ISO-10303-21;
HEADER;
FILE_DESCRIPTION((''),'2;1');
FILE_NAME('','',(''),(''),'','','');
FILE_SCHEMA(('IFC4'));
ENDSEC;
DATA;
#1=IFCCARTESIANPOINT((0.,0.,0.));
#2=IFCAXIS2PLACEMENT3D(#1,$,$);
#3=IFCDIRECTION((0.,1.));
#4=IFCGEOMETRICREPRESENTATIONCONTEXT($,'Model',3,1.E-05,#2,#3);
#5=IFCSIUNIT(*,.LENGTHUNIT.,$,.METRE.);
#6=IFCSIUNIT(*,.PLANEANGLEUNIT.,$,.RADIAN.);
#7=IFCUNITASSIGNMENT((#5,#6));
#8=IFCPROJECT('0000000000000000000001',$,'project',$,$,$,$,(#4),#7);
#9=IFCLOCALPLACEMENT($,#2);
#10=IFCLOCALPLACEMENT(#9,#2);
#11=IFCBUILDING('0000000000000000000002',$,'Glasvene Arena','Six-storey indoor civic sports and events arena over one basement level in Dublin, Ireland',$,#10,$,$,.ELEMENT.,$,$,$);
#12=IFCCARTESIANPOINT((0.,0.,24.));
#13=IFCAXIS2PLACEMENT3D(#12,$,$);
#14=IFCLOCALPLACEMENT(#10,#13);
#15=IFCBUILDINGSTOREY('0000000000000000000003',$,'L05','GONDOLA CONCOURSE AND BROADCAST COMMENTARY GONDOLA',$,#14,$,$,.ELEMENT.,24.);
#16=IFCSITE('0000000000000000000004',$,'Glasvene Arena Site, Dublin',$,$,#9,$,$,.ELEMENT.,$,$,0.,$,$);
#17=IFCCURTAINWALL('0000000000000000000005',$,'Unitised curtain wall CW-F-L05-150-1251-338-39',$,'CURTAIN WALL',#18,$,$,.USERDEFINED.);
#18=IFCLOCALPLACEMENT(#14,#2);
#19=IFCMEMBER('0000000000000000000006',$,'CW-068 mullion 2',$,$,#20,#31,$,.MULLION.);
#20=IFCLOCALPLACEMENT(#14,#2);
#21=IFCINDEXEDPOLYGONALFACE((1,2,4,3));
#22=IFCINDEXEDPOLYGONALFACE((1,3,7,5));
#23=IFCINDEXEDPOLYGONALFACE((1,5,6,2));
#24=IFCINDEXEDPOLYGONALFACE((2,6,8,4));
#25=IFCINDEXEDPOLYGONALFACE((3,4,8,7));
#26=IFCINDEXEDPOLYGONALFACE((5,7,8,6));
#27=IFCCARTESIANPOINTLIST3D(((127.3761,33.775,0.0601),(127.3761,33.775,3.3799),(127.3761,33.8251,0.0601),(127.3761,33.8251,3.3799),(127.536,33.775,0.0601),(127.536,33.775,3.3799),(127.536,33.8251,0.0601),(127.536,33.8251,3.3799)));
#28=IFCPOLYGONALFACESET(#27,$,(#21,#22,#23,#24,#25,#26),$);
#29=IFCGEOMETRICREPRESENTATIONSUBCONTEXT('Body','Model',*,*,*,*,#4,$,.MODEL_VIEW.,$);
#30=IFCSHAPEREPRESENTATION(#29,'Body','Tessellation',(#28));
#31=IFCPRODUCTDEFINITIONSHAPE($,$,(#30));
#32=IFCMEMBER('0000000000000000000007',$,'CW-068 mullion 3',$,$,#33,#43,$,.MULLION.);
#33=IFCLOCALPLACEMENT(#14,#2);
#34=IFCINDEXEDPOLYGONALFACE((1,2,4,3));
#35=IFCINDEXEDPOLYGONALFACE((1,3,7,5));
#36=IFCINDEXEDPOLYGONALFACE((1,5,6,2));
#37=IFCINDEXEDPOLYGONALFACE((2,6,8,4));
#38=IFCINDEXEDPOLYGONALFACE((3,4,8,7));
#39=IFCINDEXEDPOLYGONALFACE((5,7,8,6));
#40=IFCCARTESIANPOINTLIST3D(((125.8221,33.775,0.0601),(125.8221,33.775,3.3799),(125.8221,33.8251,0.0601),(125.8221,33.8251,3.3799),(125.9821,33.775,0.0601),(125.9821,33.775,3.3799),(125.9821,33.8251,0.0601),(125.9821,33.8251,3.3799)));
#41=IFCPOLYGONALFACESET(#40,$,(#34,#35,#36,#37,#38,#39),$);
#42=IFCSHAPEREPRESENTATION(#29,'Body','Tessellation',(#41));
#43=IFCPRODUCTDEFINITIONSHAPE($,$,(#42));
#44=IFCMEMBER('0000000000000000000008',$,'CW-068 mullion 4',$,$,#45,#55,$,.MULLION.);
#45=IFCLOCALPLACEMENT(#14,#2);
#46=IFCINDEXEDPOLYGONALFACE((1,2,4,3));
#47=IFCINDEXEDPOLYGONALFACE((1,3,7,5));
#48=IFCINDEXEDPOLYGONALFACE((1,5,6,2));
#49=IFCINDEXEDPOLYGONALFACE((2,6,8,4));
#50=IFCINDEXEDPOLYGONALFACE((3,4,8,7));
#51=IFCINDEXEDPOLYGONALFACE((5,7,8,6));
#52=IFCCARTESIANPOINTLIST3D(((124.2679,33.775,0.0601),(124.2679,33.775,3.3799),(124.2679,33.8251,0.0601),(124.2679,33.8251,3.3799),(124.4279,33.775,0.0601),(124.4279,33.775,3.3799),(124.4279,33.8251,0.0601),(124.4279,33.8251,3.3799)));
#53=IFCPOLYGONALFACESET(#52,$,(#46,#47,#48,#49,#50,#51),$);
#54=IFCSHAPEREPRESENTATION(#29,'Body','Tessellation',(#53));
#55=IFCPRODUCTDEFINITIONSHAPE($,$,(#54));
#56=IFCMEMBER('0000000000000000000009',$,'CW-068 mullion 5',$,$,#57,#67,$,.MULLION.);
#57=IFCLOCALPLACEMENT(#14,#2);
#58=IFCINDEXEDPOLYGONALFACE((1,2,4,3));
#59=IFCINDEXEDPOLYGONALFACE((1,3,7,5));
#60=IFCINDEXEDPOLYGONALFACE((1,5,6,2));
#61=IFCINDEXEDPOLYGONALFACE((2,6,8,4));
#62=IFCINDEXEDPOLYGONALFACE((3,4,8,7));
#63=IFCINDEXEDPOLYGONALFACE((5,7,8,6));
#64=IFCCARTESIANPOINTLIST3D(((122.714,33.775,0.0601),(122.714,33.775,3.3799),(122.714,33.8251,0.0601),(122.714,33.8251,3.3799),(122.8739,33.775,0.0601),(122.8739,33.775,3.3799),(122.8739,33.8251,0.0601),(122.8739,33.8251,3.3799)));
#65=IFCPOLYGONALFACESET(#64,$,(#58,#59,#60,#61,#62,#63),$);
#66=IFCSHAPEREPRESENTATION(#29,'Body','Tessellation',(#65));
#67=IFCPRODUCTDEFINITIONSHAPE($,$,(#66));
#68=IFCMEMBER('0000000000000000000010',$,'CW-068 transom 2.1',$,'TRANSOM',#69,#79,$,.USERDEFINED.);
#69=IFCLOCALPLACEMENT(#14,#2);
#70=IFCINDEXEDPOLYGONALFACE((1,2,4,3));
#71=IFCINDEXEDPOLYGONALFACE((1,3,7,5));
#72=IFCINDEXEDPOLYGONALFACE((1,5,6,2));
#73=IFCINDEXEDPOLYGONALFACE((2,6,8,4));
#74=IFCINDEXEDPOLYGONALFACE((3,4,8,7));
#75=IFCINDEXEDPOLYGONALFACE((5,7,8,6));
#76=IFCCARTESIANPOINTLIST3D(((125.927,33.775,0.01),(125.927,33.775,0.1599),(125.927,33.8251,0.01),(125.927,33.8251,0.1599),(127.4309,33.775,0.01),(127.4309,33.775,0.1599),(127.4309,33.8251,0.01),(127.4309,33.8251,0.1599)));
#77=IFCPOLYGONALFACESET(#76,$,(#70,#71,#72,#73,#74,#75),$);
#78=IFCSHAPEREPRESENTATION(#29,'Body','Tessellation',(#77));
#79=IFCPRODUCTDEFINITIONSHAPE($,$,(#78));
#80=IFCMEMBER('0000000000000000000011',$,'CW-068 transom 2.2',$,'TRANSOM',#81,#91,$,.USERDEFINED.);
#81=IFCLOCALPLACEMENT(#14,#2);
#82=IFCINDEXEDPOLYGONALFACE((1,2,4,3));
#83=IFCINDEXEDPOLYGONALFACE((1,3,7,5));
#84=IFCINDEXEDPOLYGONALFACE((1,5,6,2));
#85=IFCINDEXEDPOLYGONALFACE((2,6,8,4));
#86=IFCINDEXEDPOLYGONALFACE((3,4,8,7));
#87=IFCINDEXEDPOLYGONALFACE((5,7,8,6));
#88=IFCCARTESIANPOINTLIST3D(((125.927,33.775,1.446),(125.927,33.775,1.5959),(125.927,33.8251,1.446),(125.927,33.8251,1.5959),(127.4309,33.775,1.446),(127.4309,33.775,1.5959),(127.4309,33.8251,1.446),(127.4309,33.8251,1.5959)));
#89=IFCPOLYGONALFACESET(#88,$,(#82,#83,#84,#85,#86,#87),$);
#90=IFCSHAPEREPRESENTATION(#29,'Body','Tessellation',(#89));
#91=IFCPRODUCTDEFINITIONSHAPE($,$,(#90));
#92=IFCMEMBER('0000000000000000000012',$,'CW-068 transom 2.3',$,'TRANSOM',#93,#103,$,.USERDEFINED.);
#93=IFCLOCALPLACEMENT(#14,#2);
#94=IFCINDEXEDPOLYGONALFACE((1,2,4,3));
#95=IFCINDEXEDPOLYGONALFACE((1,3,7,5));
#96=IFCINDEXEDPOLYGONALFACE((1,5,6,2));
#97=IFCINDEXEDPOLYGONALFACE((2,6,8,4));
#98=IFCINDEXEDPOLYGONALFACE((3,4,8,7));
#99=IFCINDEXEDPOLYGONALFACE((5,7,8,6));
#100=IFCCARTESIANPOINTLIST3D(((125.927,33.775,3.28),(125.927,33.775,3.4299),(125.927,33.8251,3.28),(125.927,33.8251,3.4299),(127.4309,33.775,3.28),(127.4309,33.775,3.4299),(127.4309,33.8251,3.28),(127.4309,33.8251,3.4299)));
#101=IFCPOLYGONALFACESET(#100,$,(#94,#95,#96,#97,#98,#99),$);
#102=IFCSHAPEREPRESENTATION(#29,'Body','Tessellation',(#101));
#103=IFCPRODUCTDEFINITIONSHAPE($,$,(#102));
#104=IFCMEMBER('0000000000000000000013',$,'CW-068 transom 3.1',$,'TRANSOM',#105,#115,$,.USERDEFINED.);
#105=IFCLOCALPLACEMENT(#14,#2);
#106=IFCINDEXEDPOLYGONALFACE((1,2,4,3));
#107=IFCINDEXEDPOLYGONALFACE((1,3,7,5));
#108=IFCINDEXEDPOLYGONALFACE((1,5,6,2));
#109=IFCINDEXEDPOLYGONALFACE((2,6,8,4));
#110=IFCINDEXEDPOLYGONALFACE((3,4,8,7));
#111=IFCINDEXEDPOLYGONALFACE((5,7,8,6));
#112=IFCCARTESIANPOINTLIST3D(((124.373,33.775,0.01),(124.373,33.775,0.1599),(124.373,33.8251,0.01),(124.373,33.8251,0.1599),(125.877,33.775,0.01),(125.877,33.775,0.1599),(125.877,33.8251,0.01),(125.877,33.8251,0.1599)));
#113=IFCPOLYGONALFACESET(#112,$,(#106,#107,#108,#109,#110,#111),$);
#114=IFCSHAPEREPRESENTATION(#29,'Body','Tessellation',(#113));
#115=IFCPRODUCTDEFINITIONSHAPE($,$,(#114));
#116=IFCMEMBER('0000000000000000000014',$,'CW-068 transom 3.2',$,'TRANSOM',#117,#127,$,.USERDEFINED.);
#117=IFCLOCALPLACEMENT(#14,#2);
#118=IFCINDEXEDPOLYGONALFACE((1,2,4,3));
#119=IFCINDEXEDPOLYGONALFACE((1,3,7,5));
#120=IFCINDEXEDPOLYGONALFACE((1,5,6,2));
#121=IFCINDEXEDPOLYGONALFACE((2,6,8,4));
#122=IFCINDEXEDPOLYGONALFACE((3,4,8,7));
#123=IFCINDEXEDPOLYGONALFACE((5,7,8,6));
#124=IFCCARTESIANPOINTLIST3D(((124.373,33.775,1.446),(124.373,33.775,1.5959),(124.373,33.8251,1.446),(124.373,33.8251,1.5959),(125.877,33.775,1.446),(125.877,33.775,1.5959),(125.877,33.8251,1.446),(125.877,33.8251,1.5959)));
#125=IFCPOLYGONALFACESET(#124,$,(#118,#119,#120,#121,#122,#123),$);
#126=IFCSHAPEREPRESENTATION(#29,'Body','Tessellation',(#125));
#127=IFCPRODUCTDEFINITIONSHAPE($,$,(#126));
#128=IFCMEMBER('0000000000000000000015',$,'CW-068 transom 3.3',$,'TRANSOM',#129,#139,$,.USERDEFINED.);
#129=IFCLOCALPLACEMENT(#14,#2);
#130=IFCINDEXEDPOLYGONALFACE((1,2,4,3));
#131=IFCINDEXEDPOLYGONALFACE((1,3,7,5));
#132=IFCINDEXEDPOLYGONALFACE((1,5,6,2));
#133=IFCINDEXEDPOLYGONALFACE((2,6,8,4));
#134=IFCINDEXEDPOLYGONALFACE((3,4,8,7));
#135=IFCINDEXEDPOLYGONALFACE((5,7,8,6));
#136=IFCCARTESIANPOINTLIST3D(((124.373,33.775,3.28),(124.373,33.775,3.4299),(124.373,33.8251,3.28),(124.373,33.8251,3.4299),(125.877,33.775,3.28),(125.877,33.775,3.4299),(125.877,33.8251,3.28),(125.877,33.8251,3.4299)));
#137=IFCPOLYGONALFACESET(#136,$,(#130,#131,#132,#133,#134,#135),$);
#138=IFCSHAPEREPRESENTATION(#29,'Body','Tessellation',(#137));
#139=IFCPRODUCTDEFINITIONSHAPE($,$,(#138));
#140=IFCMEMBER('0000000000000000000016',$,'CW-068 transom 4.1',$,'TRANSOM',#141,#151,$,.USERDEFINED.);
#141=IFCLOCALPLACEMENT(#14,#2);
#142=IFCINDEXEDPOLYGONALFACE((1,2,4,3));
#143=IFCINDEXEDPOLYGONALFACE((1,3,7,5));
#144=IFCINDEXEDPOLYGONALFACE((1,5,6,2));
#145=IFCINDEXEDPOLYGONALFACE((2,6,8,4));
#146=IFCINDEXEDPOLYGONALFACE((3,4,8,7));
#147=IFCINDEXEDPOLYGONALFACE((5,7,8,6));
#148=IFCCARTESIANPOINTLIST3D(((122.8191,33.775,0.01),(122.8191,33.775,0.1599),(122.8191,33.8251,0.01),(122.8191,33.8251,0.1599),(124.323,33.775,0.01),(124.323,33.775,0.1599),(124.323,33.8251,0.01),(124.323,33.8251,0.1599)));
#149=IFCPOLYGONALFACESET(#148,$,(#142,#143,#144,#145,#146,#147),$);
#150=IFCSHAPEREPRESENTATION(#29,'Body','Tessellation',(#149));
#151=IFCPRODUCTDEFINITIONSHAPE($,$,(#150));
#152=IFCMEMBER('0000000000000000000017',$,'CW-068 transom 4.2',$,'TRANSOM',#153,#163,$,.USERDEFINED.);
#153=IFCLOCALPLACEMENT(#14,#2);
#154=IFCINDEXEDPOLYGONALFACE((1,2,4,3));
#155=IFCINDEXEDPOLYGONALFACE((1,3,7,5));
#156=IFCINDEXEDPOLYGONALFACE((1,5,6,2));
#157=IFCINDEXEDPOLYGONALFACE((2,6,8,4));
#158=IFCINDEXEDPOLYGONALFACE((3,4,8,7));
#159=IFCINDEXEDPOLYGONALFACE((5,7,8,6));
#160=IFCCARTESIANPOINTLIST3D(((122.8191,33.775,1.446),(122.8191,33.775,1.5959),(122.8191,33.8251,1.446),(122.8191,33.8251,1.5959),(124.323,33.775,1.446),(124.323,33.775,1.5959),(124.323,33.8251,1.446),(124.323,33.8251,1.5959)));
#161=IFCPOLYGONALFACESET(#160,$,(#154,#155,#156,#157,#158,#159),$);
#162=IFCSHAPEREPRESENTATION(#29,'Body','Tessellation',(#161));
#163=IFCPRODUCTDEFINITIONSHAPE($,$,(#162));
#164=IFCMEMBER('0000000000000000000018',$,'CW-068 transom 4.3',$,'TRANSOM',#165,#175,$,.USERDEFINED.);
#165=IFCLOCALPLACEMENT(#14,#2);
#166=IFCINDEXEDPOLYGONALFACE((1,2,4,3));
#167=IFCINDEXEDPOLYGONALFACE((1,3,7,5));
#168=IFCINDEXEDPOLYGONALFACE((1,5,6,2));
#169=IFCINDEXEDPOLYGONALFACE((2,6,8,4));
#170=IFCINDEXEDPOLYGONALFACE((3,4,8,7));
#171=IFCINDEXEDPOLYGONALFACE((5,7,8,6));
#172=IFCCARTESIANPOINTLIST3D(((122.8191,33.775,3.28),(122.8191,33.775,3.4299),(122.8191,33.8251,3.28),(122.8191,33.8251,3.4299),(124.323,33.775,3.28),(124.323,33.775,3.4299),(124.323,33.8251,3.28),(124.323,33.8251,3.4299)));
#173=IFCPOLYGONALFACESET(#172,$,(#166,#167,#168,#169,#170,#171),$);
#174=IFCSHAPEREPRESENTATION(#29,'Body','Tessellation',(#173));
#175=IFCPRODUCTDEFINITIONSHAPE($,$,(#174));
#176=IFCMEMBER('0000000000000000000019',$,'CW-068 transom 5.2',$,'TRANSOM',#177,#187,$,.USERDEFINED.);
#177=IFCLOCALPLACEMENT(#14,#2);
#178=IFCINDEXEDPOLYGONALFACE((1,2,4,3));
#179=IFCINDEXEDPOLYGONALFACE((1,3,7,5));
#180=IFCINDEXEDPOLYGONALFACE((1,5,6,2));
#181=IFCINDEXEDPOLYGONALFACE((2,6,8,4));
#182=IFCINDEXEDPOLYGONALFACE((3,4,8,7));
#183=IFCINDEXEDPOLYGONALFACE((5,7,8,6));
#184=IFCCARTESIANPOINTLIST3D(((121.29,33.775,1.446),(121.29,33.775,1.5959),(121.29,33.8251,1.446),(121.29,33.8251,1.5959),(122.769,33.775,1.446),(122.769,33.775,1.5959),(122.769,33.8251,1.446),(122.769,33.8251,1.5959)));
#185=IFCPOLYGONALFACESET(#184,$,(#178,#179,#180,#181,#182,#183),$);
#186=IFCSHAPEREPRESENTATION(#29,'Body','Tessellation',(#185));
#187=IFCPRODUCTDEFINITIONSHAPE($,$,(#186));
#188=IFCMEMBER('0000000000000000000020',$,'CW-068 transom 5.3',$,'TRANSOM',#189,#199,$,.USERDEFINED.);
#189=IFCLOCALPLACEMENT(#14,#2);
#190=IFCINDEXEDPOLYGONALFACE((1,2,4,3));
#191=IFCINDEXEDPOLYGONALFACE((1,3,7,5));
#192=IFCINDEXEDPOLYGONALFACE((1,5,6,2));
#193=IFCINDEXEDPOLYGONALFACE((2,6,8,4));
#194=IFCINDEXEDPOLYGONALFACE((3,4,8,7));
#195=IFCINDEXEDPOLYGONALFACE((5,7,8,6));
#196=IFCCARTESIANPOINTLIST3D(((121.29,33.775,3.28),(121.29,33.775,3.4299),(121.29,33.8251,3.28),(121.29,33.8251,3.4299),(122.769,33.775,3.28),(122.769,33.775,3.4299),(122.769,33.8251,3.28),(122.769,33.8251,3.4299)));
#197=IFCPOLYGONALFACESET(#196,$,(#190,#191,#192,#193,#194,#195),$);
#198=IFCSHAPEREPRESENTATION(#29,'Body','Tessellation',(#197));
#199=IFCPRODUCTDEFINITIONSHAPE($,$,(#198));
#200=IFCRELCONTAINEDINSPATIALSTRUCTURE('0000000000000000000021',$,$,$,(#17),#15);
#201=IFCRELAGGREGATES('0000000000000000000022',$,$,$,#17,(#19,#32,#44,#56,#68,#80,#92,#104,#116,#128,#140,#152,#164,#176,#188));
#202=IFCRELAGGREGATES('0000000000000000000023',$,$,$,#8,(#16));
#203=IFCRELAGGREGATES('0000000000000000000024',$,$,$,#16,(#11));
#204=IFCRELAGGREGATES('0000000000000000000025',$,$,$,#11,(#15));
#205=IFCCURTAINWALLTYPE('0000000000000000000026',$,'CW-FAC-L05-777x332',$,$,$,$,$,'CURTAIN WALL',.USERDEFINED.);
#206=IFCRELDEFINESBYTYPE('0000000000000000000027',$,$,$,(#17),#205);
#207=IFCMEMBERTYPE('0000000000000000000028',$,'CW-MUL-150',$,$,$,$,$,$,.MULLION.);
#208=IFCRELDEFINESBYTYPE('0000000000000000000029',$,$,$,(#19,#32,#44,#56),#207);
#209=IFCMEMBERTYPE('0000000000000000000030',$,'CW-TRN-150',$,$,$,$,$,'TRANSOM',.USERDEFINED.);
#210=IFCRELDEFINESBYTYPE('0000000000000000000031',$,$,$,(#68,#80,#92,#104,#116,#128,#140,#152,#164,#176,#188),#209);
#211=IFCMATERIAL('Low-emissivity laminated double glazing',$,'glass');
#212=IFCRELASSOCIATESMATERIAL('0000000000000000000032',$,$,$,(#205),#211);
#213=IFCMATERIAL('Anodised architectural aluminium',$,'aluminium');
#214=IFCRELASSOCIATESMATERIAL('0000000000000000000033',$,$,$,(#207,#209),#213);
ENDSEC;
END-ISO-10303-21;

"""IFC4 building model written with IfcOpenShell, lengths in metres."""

from ifc_helpers import new_model, si_unit, direction, frame, origin, origin_2d, place, context, subcontext, project, spatial, rectangle, extrude, material, material_profile, profile_set, type_object, element, aggregate, save


model = new_model("IFC4")

# Units and contexts
model_context = context("Model", 3, precision=1e-05, world=origin(), true_north=direction((0.0, 1.0)))
body_context = subcontext(model_context, "Body", "Model", "MODEL_VIEW")
ifc_project = project(units=[si_unit("LENGTHUNIT", "METRE"), si_unit("PLANEANGLEUNIT", "RADIAN")], contexts=[model_context])

# Site, building, storey
site_placement = place(None, origin())
site = spatial("IfcSite", under=ifc_project, at=site_placement, Name="Glasvene Arena Site, Dublin", CompositionType="ELEMENT", RefElevation=0.0)
building_placement = place(site_placement, origin())
building = spatial("IfcBuilding", under=site, at=building_placement, Name="Glasvene Arena", Description="Six-storey indoor civic sports and events arena over one basement level in Dublin, Ireland", CompositionType="ELEMENT")
storey_placement = place(building_placement, frame((0.0, 0.0, 24.0)))
storey = spatial("IfcBuildingStorey", under=building, at=storey_placement, Name="L05", Description="GONDOLA CONCOURSE AND BROADCAST COMMENTARY GONDOLA", CompositionType="ELEMENT", Elevation=24.0)

# Curtain wall, members
ifc_material_1 = material(Name="Low-emissivity laminated double glazing", Category="glass")
curtain_wall_type = type_object("IfcCurtainWallType", Name="CW-FAC-L05-777x332", ElementType="CURTAIN WALL", PredefinedType="USERDEFINED", material=ifc_material_1)
curtain_wall_placement = place(storey_placement, frame((129.01, 33.8, 0.0)))
curtain_wall = element("IfcCurtainWall", 1, at=curtain_wall_placement, inside=storey, type_object=curtain_wall_type, Name="Unitised curtain wall CW-F-L05-150-1251-338-39", ObjectType="CURTAIN WALL", PredefinedType="USERDEFINED")
ifc_material_2 = material(Name="Anodised architectural aluminium", Category="aluminium")
ifc_material_profile_1 = material_profile(ifc_material_2, rectangle(XDim=0.05, YDim=0.1599, at=origin_2d()), Name="ALU MULLION 50x160")
ifc_profile_set_1 = profile_set([ifc_material_profile_1], Name="Anodised architectural aluminium")
member_type_1 = type_object("IfcMemberType", Name="CW-MUL-150", PredefinedType="MULLION", material=ifc_profile_set_1)
member_1_placement = place(storey_placement, frame((127.4561, 33.8, 0.0601), z_axis=(0.0, 0.0, 1.0), x_axis=(0.0, -1.0, 0.0)))
member_1 = element("IfcMember", 2, at=member_1_placement, type_object=member_type_1, Name="CW-068 mullion 2", PredefinedType="MULLION", context=body_context, shape_type="SweptSolid", body=[
    extrude(rectangle(XDim=0.05, YDim=0.1599, at=origin_2d()), origin(), (0.0, 0.0, 1.0), 3.3198),
])
member_2_placement = place(storey_placement, frame((125.9021, 33.8, 0.0601), z_axis=(0.0, 0.0, 1.0), x_axis=(0.0, -1.0, 0.0)))
member_2 = element("IfcMember", 3, at=member_2_placement, type_object=member_type_1, Name="CW-068 mullion 3", PredefinedType="MULLION", context=body_context, shape_type="SweptSolid", body=[
    extrude(rectangle(XDim=0.05, YDim=0.1599, at=origin_2d()), origin(), (0.0, 0.0, 1.0), 3.3198),
])
member_3_placement = place(storey_placement, frame((124.3479, 33.8, 0.0601), z_axis=(0.0, 0.0, 1.0), x_axis=(0.0, -1.0, 0.0)))
member_3 = element("IfcMember", 4, at=member_3_placement, type_object=member_type_1, Name="CW-068 mullion 4", PredefinedType="MULLION", context=body_context, shape_type="SweptSolid", body=[
    extrude(rectangle(XDim=0.05, YDim=0.1599, at=origin_2d()), origin(), (0.0, 0.0, 1.0), 3.3198),
])
member_4_placement = place(storey_placement, frame((122.7939, 33.8, 0.0601), z_axis=(0.0, 0.0, 1.0), x_axis=(0.0, -1.0, 0.0)))
member_4 = element("IfcMember", 5, at=member_4_placement, type_object=member_type_1, Name="CW-068 mullion 5", PredefinedType="MULLION", context=body_context, shape_type="SweptSolid", body=[
    extrude(rectangle(XDim=0.05, YDim=0.1599, at=origin_2d()), origin(), (0.0, 0.0, 1.0), 3.3198),
])
ifc_material_profile_2 = material_profile(ifc_material_2, rectangle(XDim=0.05, YDim=0.1499, at=origin_2d()), Name="ALU TRANSOM 50x150")
ifc_profile_set_2 = profile_set([ifc_material_profile_2], Name="Anodised architectural aluminium")
member_type_2 = type_object("IfcMemberType", Name="CW-TRN-150", ElementType="TRANSOM", PredefinedType="USERDEFINED", material=ifc_profile_set_2)
member_5_placement = place(storey_placement, frame((127.4309, 33.8, 0.085), z_axis=(-1.0, 0.0, 0.0), x_axis=(0.0, -1.0, 0.0)))
member_5 = element("IfcMember", 6, at=member_5_placement, type_object=member_type_2, Name="CW-068 transom 2.1", ObjectType="TRANSOM", PredefinedType="USERDEFINED", context=body_context, shape_type="SweptSolid", body=[
    extrude(rectangle(XDim=0.05, YDim=0.1499, at=origin_2d()), origin(), (0.0, 0.0, 1.0), 1.5039),
])
member_6_placement = place(storey_placement, frame((127.4309, 33.8, 1.521), z_axis=(-1.0, 0.0, 0.0), x_axis=(0.0, -1.0, 0.0)))
member_6 = element("IfcMember", 7, at=member_6_placement, type_object=member_type_2, Name="CW-068 transom 2.2", ObjectType="TRANSOM", PredefinedType="USERDEFINED", context=body_context, shape_type="SweptSolid", body=[
    extrude(rectangle(XDim=0.05, YDim=0.1499, at=origin_2d()), origin(), (0.0, 0.0, 1.0), 1.5039),
])
member_7_placement = place(storey_placement, frame((127.4309, 33.8, 3.355), z_axis=(-1.0, 0.0, 0.0), x_axis=(0.0, -1.0, 0.0)))
member_7 = element("IfcMember", 8, at=member_7_placement, type_object=member_type_2, Name="CW-068 transom 2.3", ObjectType="TRANSOM", PredefinedType="USERDEFINED", context=body_context, shape_type="SweptSolid", body=[
    extrude(rectangle(XDim=0.05, YDim=0.1499, at=origin_2d()), origin(), (0.0, 0.0, 1.0), 1.5039),
])
member_8_placement = place(storey_placement, frame((125.877, 33.8, 0.085), z_axis=(-1.0, 0.0, 0.0), x_axis=(0.0, -1.0, 0.0)))
member_8 = element("IfcMember", 9, at=member_8_placement, type_object=member_type_2, Name="CW-068 transom 3.1", ObjectType="TRANSOM", PredefinedType="USERDEFINED", context=body_context, shape_type="SweptSolid", body=[
    extrude(rectangle(XDim=0.05, YDim=0.1499, at=origin_2d()), origin(), (0.0, 0.0, 1.0), 1.5039),
])
member_9_placement = place(storey_placement, frame((125.877, 33.8, 1.521), z_axis=(-1.0, 0.0, 0.0), x_axis=(0.0, -1.0, 0.0)))
member_9 = element("IfcMember", 10, at=member_9_placement, type_object=member_type_2, Name="CW-068 transom 3.2", ObjectType="TRANSOM", PredefinedType="USERDEFINED", context=body_context, shape_type="SweptSolid", body=[
    extrude(rectangle(XDim=0.05, YDim=0.1499, at=origin_2d()), origin(), (0.0, 0.0, 1.0), 1.5039),
])
member_10_placement = place(storey_placement, frame((125.877, 33.8, 3.355), z_axis=(-1.0, 0.0, 0.0), x_axis=(0.0, -1.0, 0.0)))
member_10 = element("IfcMember", 11, at=member_10_placement, type_object=member_type_2, Name="CW-068 transom 3.3", ObjectType="TRANSOM", PredefinedType="USERDEFINED", context=body_context, shape_type="SweptSolid", body=[
    extrude(rectangle(XDim=0.05, YDim=0.1499, at=origin_2d()), origin(), (0.0, 0.0, 1.0), 1.5039),
])
member_11_placement = place(storey_placement, frame((124.323, 33.8, 0.085), z_axis=(-1.0, 0.0, 0.0), x_axis=(0.0, -1.0, 0.0)))
member_11 = element("IfcMember", 12, at=member_11_placement, type_object=member_type_2, Name="CW-068 transom 4.1", ObjectType="TRANSOM", PredefinedType="USERDEFINED", context=body_context, shape_type="SweptSolid", body=[
    extrude(rectangle(XDim=0.05, YDim=0.1499, at=origin_2d()), origin(), (0.0, 0.0, 1.0), 1.5039),
])
member_12_placement = place(storey_placement, frame((124.323, 33.8, 1.521), z_axis=(-1.0, 0.0, 0.0), x_axis=(0.0, -1.0, 0.0)))
member_12 = element("IfcMember", 13, at=member_12_placement, type_object=member_type_2, Name="CW-068 transom 4.2", ObjectType="TRANSOM", PredefinedType="USERDEFINED", context=body_context, shape_type="SweptSolid", body=[
    extrude(rectangle(XDim=0.05, YDim=0.1499, at=origin_2d()), origin(), (0.0, 0.0, 1.0), 1.5039),
])
member_13_placement = place(storey_placement, frame((124.323, 33.8, 3.355), z_axis=(-1.0, 0.0, 0.0), x_axis=(0.0, -1.0, 0.0)))
member_13 = element("IfcMember", 14, at=member_13_placement, type_object=member_type_2, Name="CW-068 transom 4.3", ObjectType="TRANSOM", PredefinedType="USERDEFINED", context=body_context, shape_type="SweptSolid", body=[
    extrude(rectangle(XDim=0.05, YDim=0.1499, at=origin_2d()), origin(), (0.0, 0.0, 1.0), 1.5039),
])
member_14_placement = place(storey_placement, frame((122.769, 33.8, 1.521), z_axis=(-1.0, 0.0, 0.0), x_axis=(0.0, -1.0, 0.0)))
member_14 = element("IfcMember", 15, at=member_14_placement, type_object=member_type_2, Name="CW-068 transom 5.2", ObjectType="TRANSOM", PredefinedType="USERDEFINED", context=body_context, shape_type="SweptSolid", body=[
    extrude(rectangle(XDim=0.05, YDim=0.1499, at=origin_2d()), origin(), (0.0, 0.0, 1.0), 1.479),
])
member_15_placement = place(storey_placement, frame((122.769, 33.8, 3.355), z_axis=(-1.0, 0.0, 0.0), x_axis=(0.0, -1.0, 0.0)))
member_15 = element("IfcMember", 16, at=member_15_placement, type_object=member_type_2, Name="CW-068 transom 5.3", ObjectType="TRANSOM", PredefinedType="USERDEFINED", context=body_context, shape_type="SweptSolid", body=[
    extrude(rectangle(XDim=0.05, YDim=0.1499, at=origin_2d()), origin(), (0.0, 0.0, 1.0), 1.479),
])
aggregate(curtain_wall, [member_1, member_2, member_3, member_4, member_5, member_6, member_7, member_8, member_9, member_10, member_11, member_12, member_13, member_14, member_15])

save(model, "model.ifc")
